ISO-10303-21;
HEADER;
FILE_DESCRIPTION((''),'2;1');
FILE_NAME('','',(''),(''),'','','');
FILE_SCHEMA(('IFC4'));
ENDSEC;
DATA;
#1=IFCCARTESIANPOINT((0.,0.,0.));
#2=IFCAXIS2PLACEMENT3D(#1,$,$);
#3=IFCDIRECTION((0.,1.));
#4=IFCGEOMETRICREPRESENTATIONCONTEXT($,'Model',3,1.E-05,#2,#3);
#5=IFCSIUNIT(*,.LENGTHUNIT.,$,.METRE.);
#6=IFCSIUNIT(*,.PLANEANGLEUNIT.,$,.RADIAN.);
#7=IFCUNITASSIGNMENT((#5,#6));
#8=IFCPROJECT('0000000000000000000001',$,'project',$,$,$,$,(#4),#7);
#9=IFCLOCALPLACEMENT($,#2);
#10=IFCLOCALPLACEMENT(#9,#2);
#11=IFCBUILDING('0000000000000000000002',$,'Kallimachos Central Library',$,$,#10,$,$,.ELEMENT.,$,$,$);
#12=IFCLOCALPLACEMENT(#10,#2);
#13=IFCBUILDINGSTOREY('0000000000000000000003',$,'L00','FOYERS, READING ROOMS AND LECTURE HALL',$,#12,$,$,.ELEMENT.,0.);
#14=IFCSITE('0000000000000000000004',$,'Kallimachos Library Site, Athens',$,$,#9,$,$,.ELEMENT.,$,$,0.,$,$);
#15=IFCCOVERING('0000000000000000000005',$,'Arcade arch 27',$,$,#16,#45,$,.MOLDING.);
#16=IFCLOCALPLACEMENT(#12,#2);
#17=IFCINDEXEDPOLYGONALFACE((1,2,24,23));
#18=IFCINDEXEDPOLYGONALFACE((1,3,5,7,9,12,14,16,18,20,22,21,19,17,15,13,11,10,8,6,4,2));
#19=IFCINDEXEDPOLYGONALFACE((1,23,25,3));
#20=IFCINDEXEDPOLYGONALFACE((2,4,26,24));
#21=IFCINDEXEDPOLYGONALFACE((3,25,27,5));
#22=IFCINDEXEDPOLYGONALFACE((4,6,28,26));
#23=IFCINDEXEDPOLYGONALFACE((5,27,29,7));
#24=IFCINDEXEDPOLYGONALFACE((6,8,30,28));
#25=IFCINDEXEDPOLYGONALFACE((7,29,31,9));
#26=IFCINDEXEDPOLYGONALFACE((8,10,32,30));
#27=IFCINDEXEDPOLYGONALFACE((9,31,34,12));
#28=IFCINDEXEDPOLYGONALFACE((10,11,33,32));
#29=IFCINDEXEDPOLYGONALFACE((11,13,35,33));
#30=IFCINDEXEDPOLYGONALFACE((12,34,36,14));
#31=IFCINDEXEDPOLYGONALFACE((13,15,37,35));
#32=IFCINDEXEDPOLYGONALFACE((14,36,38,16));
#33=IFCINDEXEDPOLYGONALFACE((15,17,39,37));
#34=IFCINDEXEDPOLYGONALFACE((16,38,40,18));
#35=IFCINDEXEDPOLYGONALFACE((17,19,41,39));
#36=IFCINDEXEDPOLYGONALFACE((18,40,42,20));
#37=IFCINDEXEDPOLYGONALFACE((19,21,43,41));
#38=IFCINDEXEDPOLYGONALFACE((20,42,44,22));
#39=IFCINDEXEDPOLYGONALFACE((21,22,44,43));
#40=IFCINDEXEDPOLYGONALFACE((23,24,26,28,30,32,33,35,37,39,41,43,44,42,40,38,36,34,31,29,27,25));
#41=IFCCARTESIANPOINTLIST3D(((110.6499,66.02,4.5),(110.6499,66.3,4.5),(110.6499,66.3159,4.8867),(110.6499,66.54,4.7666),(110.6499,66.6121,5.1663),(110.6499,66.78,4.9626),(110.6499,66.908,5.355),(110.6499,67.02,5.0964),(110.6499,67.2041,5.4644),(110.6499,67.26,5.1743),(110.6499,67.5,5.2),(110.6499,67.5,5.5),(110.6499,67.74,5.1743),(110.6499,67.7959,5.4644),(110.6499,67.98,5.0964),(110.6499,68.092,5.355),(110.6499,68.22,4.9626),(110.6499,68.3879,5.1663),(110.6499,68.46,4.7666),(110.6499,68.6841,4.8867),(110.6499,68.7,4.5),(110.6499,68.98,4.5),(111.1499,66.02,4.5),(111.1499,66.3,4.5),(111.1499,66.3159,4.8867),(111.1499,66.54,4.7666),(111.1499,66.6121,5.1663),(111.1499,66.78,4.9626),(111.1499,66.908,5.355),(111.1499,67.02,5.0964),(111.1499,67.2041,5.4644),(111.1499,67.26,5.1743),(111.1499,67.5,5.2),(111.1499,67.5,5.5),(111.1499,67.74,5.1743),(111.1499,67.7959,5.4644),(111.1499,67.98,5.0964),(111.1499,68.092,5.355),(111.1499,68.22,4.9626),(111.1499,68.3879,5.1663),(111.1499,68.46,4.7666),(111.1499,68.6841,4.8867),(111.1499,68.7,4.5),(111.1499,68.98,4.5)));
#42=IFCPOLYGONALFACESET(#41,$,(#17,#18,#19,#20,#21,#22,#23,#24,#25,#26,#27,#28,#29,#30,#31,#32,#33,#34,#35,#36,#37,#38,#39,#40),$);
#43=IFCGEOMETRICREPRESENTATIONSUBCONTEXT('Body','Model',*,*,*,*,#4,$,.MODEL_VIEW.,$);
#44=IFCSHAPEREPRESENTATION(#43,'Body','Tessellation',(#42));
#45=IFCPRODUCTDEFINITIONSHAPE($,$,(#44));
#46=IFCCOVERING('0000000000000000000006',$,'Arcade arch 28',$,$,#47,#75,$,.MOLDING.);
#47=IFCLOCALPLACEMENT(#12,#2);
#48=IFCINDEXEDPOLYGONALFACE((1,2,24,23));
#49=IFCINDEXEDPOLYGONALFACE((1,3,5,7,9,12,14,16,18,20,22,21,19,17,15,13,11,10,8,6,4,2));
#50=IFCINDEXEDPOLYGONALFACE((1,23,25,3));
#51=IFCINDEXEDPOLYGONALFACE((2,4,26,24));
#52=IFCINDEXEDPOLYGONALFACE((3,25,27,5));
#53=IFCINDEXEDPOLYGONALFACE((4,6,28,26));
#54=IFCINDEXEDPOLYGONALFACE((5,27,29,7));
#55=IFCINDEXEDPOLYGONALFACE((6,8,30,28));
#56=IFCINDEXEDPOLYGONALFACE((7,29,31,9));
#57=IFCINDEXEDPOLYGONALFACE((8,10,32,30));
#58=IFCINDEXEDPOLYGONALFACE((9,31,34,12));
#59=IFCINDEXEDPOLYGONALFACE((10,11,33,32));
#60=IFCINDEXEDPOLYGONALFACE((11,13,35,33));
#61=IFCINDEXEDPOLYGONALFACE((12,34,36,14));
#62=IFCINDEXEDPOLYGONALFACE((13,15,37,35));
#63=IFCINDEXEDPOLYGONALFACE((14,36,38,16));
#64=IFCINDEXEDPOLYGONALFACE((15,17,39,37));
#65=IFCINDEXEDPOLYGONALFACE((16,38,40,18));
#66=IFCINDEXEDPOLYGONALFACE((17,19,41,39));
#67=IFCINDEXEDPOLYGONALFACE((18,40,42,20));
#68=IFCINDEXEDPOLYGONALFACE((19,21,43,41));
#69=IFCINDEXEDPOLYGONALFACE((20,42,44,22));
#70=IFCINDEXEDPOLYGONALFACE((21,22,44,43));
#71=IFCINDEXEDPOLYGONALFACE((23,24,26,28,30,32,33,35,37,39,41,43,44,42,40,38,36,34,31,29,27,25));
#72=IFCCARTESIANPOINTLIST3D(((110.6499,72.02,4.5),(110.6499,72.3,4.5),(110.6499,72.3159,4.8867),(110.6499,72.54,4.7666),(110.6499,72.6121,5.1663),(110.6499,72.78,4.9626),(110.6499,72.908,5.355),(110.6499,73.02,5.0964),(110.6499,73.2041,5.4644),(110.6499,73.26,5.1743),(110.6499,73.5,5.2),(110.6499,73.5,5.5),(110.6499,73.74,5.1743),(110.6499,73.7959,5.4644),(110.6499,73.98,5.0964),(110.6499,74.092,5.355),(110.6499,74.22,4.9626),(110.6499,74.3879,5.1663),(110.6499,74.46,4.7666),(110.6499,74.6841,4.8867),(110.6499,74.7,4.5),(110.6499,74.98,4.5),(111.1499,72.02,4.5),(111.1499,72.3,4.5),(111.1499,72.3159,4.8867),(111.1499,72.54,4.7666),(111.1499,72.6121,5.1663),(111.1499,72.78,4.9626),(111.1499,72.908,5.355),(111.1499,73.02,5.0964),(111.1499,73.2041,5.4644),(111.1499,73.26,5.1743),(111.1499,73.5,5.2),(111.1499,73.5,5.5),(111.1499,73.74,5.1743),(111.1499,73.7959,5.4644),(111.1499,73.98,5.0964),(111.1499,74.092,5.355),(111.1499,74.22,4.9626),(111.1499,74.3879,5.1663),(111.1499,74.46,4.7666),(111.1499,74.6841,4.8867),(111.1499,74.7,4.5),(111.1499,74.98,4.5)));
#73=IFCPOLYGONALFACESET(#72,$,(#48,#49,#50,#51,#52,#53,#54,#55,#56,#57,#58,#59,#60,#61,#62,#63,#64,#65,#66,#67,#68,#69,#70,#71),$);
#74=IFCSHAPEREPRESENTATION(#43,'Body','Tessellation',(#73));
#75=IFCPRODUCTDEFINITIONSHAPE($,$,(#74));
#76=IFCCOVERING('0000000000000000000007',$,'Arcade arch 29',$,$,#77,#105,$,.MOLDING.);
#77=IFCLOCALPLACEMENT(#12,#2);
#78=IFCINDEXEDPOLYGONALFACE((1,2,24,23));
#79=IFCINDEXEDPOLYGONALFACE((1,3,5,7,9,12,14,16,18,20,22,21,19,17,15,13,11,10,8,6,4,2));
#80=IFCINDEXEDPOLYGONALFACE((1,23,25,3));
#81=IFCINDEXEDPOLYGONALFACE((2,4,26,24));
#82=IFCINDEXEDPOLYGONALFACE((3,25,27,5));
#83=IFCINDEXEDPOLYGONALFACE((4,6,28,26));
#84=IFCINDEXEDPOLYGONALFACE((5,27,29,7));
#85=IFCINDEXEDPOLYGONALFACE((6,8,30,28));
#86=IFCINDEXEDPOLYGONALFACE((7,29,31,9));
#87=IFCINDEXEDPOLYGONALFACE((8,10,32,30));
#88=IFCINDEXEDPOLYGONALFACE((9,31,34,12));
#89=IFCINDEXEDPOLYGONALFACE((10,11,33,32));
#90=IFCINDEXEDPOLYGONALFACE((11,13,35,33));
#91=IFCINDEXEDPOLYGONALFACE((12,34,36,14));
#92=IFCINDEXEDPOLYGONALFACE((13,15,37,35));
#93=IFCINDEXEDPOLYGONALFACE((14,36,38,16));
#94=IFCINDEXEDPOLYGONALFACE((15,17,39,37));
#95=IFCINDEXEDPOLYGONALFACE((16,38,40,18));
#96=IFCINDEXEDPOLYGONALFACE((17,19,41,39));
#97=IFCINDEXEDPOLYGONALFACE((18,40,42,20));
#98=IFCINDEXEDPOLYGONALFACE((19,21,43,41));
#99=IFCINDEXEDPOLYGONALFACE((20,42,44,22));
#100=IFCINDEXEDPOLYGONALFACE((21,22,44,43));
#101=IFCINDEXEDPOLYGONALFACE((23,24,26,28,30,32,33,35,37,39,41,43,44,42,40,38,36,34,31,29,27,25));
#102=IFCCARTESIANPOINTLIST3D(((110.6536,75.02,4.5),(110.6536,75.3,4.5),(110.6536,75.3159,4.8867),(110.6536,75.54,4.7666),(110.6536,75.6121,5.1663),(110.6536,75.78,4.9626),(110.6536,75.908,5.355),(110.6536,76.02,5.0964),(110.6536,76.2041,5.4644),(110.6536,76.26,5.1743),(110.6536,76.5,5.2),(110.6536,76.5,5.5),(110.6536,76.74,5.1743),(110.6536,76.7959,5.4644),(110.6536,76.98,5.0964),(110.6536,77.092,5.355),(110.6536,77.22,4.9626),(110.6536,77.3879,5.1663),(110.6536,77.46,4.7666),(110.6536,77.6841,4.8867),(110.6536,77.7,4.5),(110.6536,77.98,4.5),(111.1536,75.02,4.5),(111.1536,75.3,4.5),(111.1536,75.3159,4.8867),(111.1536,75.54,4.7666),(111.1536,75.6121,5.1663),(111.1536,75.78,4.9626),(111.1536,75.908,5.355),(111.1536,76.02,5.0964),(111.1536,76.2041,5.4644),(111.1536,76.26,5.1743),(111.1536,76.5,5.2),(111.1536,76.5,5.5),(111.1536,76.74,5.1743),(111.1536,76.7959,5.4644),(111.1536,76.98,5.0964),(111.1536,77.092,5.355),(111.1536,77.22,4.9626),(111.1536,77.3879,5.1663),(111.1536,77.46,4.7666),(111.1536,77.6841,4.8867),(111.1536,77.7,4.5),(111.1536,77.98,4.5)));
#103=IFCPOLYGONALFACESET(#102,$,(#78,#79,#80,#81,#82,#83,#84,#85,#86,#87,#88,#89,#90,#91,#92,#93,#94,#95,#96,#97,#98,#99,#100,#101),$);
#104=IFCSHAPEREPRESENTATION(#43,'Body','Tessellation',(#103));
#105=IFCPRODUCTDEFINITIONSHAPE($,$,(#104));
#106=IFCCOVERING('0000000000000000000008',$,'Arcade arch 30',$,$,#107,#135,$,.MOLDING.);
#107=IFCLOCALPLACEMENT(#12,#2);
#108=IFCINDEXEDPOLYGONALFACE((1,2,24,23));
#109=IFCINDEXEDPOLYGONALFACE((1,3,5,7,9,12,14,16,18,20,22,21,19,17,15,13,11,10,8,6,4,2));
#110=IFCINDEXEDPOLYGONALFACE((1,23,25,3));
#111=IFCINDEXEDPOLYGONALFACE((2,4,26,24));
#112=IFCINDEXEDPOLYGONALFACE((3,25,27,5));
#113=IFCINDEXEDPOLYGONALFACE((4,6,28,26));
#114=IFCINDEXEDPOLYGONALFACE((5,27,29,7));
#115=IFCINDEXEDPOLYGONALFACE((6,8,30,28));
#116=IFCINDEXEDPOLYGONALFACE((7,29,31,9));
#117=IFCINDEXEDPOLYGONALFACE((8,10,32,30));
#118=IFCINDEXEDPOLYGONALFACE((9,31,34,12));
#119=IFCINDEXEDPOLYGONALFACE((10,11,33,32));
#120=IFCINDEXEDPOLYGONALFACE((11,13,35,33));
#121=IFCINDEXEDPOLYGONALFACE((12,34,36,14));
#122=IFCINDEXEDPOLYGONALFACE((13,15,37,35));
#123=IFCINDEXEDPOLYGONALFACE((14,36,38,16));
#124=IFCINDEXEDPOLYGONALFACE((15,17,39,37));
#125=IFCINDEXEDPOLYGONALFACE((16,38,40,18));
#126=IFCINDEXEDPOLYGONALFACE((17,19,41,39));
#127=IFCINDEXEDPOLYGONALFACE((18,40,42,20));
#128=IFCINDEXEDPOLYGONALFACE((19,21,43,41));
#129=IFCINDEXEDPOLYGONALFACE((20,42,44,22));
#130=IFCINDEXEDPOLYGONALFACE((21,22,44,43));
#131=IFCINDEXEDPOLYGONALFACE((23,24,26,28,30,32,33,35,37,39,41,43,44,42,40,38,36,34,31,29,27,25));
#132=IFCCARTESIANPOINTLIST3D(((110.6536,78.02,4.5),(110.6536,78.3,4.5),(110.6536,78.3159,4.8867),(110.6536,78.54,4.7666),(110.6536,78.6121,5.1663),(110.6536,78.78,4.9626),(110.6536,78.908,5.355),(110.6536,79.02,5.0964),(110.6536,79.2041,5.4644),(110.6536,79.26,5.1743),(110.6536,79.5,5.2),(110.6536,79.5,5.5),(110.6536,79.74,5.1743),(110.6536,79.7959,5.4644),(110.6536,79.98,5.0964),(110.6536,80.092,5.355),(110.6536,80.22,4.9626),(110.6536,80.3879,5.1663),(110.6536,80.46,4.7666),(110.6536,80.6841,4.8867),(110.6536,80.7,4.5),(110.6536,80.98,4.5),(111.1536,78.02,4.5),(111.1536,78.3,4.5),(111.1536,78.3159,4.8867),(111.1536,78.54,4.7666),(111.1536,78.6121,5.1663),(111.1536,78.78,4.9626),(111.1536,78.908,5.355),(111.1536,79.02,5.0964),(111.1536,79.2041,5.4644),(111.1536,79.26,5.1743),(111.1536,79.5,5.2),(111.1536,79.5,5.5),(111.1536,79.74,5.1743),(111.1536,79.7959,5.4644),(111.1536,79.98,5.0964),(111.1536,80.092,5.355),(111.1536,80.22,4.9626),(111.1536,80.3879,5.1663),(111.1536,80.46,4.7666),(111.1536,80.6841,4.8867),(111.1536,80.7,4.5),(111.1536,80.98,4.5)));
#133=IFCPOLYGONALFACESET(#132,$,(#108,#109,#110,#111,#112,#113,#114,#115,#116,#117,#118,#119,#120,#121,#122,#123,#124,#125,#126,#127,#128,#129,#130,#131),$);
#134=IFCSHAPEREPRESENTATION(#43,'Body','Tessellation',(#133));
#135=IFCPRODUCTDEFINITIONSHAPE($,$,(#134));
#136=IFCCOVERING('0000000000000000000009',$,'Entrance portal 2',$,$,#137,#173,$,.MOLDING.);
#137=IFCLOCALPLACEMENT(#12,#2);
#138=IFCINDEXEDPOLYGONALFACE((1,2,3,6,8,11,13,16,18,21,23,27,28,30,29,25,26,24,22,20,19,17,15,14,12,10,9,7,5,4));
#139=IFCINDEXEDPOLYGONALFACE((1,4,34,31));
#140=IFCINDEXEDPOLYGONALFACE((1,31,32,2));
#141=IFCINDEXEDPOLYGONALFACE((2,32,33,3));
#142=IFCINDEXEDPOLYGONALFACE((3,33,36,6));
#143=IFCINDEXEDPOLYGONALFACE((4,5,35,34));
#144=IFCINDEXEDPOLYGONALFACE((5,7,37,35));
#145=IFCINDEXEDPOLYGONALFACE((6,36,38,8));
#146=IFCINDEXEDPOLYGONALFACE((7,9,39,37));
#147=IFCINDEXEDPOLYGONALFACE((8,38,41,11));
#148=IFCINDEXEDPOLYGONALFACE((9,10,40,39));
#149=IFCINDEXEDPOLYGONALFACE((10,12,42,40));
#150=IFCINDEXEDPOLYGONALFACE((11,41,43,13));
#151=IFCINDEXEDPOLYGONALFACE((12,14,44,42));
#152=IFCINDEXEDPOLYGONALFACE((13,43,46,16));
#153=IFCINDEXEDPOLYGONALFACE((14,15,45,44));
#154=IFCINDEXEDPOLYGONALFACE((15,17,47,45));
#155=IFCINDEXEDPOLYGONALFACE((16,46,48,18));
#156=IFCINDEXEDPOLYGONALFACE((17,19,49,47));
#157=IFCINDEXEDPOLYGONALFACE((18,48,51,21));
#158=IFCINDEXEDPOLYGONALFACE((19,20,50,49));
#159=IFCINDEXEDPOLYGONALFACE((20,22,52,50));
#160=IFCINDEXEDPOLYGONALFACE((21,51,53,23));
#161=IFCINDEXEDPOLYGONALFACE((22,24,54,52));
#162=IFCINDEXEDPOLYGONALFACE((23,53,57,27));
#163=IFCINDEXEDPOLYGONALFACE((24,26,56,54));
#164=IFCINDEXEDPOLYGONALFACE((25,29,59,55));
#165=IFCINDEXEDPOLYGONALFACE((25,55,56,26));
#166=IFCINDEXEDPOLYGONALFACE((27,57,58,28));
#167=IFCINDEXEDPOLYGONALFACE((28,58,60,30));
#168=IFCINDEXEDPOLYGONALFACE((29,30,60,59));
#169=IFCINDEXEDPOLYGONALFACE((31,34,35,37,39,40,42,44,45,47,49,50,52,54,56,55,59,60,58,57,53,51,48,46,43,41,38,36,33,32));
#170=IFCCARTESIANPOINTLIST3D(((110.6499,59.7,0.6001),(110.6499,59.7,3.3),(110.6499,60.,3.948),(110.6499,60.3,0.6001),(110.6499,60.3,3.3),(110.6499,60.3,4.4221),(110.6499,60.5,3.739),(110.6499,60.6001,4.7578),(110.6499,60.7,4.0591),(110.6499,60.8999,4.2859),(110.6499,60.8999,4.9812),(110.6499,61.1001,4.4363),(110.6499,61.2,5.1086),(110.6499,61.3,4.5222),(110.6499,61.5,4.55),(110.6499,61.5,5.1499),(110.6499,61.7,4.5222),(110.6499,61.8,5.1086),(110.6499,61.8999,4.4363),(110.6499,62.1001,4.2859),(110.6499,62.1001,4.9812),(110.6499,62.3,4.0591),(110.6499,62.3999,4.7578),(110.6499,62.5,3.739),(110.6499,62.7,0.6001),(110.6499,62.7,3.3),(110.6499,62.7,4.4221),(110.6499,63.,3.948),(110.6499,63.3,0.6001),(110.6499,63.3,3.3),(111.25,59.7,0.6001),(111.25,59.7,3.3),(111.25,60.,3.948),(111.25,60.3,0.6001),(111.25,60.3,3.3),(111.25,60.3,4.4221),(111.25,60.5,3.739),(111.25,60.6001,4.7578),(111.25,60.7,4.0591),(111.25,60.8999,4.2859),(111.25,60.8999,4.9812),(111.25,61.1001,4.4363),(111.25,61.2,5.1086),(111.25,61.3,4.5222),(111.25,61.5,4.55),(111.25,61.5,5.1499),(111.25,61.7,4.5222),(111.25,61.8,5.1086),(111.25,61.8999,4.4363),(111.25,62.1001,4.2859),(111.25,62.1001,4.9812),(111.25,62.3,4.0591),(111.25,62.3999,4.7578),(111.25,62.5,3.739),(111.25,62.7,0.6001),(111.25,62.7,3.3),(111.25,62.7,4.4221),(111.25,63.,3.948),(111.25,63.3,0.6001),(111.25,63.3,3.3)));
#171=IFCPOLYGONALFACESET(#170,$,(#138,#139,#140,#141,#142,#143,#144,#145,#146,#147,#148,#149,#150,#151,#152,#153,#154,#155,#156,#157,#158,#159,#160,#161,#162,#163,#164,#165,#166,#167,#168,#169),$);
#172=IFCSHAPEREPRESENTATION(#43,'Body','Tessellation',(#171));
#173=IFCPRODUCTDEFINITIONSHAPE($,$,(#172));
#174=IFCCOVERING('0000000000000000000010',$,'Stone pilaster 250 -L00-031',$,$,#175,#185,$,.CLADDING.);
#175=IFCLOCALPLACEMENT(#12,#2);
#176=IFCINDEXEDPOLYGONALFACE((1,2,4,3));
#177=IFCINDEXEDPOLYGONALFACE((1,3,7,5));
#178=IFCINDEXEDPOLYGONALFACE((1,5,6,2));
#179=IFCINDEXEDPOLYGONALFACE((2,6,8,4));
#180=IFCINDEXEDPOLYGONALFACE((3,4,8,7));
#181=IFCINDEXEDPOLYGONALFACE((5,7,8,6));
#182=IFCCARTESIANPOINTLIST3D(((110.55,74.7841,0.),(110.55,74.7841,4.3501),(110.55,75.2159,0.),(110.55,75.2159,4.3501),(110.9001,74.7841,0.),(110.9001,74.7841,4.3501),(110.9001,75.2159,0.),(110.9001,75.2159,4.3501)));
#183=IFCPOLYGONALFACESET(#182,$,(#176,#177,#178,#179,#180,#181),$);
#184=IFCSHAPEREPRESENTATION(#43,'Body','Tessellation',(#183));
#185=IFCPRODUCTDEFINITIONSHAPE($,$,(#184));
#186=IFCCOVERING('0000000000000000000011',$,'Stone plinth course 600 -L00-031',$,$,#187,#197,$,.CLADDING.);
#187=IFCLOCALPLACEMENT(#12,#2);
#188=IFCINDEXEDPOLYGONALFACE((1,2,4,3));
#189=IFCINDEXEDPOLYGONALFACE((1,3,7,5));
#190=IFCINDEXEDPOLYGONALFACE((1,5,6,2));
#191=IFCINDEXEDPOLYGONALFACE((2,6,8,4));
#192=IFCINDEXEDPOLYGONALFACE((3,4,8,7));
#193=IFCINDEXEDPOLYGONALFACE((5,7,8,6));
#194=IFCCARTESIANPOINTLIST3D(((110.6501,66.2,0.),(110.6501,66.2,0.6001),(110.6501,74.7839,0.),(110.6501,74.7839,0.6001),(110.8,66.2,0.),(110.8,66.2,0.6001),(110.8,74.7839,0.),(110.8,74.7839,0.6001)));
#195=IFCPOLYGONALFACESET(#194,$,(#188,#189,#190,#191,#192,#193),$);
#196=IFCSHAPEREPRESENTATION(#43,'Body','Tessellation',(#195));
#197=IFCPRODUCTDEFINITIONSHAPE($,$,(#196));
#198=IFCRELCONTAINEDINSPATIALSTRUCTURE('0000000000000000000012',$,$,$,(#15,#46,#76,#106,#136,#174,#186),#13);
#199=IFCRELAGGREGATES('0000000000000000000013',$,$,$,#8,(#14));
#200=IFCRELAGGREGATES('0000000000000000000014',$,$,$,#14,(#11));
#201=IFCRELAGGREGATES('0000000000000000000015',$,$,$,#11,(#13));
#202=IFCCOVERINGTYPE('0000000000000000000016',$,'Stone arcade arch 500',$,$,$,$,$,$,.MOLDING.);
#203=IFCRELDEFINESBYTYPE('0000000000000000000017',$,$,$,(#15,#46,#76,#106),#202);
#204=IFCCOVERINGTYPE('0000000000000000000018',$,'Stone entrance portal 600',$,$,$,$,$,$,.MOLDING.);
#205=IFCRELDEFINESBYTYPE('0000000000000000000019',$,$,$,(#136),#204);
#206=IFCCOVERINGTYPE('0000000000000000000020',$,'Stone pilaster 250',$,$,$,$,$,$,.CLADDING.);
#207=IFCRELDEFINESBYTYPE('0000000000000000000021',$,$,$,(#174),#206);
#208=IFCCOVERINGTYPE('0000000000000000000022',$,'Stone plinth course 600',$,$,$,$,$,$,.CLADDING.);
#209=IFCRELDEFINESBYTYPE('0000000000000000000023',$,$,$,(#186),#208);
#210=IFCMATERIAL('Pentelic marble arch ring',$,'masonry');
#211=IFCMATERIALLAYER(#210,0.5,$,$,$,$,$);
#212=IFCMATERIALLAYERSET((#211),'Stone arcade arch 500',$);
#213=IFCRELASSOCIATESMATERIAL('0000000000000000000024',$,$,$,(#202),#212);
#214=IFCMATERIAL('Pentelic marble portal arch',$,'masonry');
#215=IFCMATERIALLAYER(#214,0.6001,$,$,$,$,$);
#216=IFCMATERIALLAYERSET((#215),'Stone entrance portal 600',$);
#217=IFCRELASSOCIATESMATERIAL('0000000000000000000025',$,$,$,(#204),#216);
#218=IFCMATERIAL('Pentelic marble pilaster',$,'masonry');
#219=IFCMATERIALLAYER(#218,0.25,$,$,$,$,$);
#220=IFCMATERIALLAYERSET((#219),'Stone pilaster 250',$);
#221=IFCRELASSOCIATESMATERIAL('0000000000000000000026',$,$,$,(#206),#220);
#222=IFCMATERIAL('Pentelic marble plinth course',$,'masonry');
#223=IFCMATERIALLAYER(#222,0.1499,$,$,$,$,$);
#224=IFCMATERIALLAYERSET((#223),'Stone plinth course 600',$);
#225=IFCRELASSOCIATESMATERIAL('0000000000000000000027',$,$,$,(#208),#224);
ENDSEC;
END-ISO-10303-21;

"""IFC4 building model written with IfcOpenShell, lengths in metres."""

from ifc_helpers import new_model, si_unit, direction, frame, origin, origin_2d, place, context, subcontext, project, spatial, polyline, rectangle, outline, extrude, material, layer, layer_set, type_object, element, save


model = new_model("IFC4")

# Units and contexts
model_context = context("Model", 3, precision=1e-05, world=origin(), true_north=direction((0.0, 1.0)))
body_context = subcontext(model_context, "Body", "Model", "MODEL_VIEW")
ifc_project = project(units=[si_unit("LENGTHUNIT", "METRE"), si_unit("PLANEANGLEUNIT", "RADIAN")], contexts=[model_context])

# Site, building, storey
site_placement = place(None, origin())
site = spatial("IfcSite", under=ifc_project, at=site_placement, Name="Kallimachos Library Site, Athens", CompositionType="ELEMENT", RefElevation=0.0)
building_placement = place(site_placement, origin())
building = spatial("IfcBuilding", under=site, at=building_placement, Name="Kallimachos Central Library", CompositionType="ELEMENT")
storey_placement = place(building_placement, origin())
storey = spatial("IfcBuildingStorey", under=building, at=storey_placement, Name="L00", Description="FOYERS, READING ROOMS AND LECTURE HALL", CompositionType="ELEMENT", Elevation=0.0)

# Coverings
ifc_material_1 = material(Name="Pentelic marble arch ring", Category="masonry")
ifc_layer_1 = layer(ifc_material_1, 0.5)
ifc_layer_set_1 = layer_set([ifc_layer_1], Name="Stone arcade arch 500")
covering_type_1 = type_object("IfcCoveringType", Name="Stone arcade arch 500", PredefinedType="MOLDING", material=ifc_layer_set_1)
for number, where, z_axis, x_axis, name in (
    (1, (111.1499, 66.02, 4.5), (1.0, 0.0, 0.0), (0.0, 1.0, 0.0), "Arcade arch 27"),
    (2, (111.1499, 72.02, 4.5), (1.0, 0.0, 0.0), (0.0, 1.0, 0.0), "Arcade arch 28"),
    (3, (111.1536, 75.02, 4.5), (1.0, 0.0, 0.0), (0.0, 1.0, 0.0), "Arcade arch 29"),
    (4, (111.1536, 78.02, 4.5), (1.0, 0.0, 0.0), (0.0, 1.0, 0.0), "Arcade arch 30"),
):
    element("IfcCovering", number, at=place(storey_placement, frame(where, z_axis=z_axis, x_axis=x_axis)), inside=storey, type_object=covering_type_1, Name=name, PredefinedType="MOLDING", context=body_context, shape_type="SweptSolid", body=[
        extrude(outline(polyline([(0.0, 0.0), (0.28, 0.0), (0.28, 0.0), (0.52, 0.2666), (0.76, 0.4626), (1.0, 0.5964), (1.24, 0.6743), (1.48, 0.7), (1.72, 0.6743), (1.96, 0.5964), (2.2, 0.4626), (2.4399, 0.2666), (2.6799, 0.0), (2.6799, 0.0), (2.96, 0.0), (2.96, 0.0), (2.6641, 0.3867), (2.3679, 0.6663), (2.072, 0.855), (1.7759, 0.9644), (1.48, 1.0), (1.1841, 0.9644), (0.8879, 0.855), (0.592, 0.6663), (0.2959, 0.3867), (0.0, 0.0), (0.0, 0.0)])), origin(), (0.0, 0.0, -1.0), 0.5),
    ])
ifc_material_2 = material(Name="Pentelic marble portal arch", Category="masonry")
ifc_layer_2 = layer(ifc_material_2, 0.6001)
ifc_layer_set_2 = layer_set([ifc_layer_2], Name="Stone entrance portal 600")
covering_type_2 = type_object("IfcCoveringType", Name="Stone entrance portal 600", PredefinedType="MOLDING", material=ifc_layer_set_2)
covering_1_placement = place(storey_placement, frame((111.25, 59.7, 0.6001), z_axis=(1.0, 0.0, 0.0), x_axis=(0.0, 1.0, 0.0)))
element("IfcCovering", 5, at=covering_1_placement, inside=storey, type_object=covering_type_2, Name="Entrance portal 2", PredefinedType="MOLDING", context=body_context, shape_type="SweptSolid", body=[
    extrude(outline(polyline([(0.0, 0.0), (0.6001, 0.0), (0.6001, 2.7), (0.8, 3.1389), (1.0, 3.459), (1.2, 3.6858), (1.4001, 3.8362), (1.6001, 3.9221), (1.8, 3.95), (2.0, 3.9221), (2.2, 3.8362), (2.4001, 3.6858), (2.6001, 3.459), (2.8, 3.1389), (3.0, 2.7), (3.0, 0.0), (3.6001, 0.0), (3.6001, 2.7), (3.3, 3.3479), (3.0, 3.822), (2.7, 4.1577), (2.4001, 4.3811), (2.1001, 4.5085), (1.8, 4.5498), (1.5, 4.5085), (1.2, 4.3811), (0.9001, 4.1577), (0.6001, 3.822), (0.3, 3.3479), (0.0, 2.7), (0.0, 0.0)])), origin(), (0.0, 0.0, -1.0), 0.6001),
])
ifc_material_3 = material(Name="Pentelic marble pilaster", Category="masonry")
ifc_layer_3 = layer(ifc_material_3, 0.25)
ifc_layer_set_3 = layer_set([ifc_layer_3], Name="Stone pilaster 250")
covering_type_3 = type_object("IfcCoveringType", Name="Stone pilaster 250", PredefinedType="CLADDING", material=ifc_layer_set_3)
covering_2_placement = place(storey_placement, frame((110.7251, 75.0, 0.0), z_axis=(0.0, 0.0, 1.0), x_axis=(1.0, 0.0, 0.0)))
element("IfcCovering", 6, at=covering_2_placement, inside=storey, type_object=covering_type_3, Name="Stone pilaster 250 -L00-031", PredefinedType="CLADDING", context=body_context, shape_type="SweptSolid", body=[
    extrude(rectangle(XDim=0.3501, YDim=0.4319, at=origin_2d()), origin(), (0.0, 0.0, 1.0), 4.3501),
])
ifc_material_4 = material(Name="Pentelic marble plinth course", Category="masonry")
ifc_layer_4 = layer(ifc_material_4, 0.1499)
ifc_layer_set_4 = layer_set([ifc_layer_4], Name="Stone plinth course 600")
covering_type_4 = type_object("IfcCoveringType", Name="Stone plinth course 600", PredefinedType="CLADDING", material=ifc_layer_set_4)
covering_3_placement = place(storey_placement, frame((110.7251, 70.4919, 0.0), z_axis=(0.0, 0.0, 1.0), x_axis=(1.0, 0.0, 0.0)))
element("IfcCovering", 7, at=covering_3_placement, inside=storey, type_object=covering_type_4, Name="Stone plinth course 600 -L00-031", PredefinedType="CLADDING", context=body_context, shape_type="SweptSolid", body=[
    extrude(rectangle(XDim=0.1499, YDim=8.584, at=origin_2d()), origin(), (0.0, 0.0, 1.0), 0.6001),
])

save(model, "model.ifc")
